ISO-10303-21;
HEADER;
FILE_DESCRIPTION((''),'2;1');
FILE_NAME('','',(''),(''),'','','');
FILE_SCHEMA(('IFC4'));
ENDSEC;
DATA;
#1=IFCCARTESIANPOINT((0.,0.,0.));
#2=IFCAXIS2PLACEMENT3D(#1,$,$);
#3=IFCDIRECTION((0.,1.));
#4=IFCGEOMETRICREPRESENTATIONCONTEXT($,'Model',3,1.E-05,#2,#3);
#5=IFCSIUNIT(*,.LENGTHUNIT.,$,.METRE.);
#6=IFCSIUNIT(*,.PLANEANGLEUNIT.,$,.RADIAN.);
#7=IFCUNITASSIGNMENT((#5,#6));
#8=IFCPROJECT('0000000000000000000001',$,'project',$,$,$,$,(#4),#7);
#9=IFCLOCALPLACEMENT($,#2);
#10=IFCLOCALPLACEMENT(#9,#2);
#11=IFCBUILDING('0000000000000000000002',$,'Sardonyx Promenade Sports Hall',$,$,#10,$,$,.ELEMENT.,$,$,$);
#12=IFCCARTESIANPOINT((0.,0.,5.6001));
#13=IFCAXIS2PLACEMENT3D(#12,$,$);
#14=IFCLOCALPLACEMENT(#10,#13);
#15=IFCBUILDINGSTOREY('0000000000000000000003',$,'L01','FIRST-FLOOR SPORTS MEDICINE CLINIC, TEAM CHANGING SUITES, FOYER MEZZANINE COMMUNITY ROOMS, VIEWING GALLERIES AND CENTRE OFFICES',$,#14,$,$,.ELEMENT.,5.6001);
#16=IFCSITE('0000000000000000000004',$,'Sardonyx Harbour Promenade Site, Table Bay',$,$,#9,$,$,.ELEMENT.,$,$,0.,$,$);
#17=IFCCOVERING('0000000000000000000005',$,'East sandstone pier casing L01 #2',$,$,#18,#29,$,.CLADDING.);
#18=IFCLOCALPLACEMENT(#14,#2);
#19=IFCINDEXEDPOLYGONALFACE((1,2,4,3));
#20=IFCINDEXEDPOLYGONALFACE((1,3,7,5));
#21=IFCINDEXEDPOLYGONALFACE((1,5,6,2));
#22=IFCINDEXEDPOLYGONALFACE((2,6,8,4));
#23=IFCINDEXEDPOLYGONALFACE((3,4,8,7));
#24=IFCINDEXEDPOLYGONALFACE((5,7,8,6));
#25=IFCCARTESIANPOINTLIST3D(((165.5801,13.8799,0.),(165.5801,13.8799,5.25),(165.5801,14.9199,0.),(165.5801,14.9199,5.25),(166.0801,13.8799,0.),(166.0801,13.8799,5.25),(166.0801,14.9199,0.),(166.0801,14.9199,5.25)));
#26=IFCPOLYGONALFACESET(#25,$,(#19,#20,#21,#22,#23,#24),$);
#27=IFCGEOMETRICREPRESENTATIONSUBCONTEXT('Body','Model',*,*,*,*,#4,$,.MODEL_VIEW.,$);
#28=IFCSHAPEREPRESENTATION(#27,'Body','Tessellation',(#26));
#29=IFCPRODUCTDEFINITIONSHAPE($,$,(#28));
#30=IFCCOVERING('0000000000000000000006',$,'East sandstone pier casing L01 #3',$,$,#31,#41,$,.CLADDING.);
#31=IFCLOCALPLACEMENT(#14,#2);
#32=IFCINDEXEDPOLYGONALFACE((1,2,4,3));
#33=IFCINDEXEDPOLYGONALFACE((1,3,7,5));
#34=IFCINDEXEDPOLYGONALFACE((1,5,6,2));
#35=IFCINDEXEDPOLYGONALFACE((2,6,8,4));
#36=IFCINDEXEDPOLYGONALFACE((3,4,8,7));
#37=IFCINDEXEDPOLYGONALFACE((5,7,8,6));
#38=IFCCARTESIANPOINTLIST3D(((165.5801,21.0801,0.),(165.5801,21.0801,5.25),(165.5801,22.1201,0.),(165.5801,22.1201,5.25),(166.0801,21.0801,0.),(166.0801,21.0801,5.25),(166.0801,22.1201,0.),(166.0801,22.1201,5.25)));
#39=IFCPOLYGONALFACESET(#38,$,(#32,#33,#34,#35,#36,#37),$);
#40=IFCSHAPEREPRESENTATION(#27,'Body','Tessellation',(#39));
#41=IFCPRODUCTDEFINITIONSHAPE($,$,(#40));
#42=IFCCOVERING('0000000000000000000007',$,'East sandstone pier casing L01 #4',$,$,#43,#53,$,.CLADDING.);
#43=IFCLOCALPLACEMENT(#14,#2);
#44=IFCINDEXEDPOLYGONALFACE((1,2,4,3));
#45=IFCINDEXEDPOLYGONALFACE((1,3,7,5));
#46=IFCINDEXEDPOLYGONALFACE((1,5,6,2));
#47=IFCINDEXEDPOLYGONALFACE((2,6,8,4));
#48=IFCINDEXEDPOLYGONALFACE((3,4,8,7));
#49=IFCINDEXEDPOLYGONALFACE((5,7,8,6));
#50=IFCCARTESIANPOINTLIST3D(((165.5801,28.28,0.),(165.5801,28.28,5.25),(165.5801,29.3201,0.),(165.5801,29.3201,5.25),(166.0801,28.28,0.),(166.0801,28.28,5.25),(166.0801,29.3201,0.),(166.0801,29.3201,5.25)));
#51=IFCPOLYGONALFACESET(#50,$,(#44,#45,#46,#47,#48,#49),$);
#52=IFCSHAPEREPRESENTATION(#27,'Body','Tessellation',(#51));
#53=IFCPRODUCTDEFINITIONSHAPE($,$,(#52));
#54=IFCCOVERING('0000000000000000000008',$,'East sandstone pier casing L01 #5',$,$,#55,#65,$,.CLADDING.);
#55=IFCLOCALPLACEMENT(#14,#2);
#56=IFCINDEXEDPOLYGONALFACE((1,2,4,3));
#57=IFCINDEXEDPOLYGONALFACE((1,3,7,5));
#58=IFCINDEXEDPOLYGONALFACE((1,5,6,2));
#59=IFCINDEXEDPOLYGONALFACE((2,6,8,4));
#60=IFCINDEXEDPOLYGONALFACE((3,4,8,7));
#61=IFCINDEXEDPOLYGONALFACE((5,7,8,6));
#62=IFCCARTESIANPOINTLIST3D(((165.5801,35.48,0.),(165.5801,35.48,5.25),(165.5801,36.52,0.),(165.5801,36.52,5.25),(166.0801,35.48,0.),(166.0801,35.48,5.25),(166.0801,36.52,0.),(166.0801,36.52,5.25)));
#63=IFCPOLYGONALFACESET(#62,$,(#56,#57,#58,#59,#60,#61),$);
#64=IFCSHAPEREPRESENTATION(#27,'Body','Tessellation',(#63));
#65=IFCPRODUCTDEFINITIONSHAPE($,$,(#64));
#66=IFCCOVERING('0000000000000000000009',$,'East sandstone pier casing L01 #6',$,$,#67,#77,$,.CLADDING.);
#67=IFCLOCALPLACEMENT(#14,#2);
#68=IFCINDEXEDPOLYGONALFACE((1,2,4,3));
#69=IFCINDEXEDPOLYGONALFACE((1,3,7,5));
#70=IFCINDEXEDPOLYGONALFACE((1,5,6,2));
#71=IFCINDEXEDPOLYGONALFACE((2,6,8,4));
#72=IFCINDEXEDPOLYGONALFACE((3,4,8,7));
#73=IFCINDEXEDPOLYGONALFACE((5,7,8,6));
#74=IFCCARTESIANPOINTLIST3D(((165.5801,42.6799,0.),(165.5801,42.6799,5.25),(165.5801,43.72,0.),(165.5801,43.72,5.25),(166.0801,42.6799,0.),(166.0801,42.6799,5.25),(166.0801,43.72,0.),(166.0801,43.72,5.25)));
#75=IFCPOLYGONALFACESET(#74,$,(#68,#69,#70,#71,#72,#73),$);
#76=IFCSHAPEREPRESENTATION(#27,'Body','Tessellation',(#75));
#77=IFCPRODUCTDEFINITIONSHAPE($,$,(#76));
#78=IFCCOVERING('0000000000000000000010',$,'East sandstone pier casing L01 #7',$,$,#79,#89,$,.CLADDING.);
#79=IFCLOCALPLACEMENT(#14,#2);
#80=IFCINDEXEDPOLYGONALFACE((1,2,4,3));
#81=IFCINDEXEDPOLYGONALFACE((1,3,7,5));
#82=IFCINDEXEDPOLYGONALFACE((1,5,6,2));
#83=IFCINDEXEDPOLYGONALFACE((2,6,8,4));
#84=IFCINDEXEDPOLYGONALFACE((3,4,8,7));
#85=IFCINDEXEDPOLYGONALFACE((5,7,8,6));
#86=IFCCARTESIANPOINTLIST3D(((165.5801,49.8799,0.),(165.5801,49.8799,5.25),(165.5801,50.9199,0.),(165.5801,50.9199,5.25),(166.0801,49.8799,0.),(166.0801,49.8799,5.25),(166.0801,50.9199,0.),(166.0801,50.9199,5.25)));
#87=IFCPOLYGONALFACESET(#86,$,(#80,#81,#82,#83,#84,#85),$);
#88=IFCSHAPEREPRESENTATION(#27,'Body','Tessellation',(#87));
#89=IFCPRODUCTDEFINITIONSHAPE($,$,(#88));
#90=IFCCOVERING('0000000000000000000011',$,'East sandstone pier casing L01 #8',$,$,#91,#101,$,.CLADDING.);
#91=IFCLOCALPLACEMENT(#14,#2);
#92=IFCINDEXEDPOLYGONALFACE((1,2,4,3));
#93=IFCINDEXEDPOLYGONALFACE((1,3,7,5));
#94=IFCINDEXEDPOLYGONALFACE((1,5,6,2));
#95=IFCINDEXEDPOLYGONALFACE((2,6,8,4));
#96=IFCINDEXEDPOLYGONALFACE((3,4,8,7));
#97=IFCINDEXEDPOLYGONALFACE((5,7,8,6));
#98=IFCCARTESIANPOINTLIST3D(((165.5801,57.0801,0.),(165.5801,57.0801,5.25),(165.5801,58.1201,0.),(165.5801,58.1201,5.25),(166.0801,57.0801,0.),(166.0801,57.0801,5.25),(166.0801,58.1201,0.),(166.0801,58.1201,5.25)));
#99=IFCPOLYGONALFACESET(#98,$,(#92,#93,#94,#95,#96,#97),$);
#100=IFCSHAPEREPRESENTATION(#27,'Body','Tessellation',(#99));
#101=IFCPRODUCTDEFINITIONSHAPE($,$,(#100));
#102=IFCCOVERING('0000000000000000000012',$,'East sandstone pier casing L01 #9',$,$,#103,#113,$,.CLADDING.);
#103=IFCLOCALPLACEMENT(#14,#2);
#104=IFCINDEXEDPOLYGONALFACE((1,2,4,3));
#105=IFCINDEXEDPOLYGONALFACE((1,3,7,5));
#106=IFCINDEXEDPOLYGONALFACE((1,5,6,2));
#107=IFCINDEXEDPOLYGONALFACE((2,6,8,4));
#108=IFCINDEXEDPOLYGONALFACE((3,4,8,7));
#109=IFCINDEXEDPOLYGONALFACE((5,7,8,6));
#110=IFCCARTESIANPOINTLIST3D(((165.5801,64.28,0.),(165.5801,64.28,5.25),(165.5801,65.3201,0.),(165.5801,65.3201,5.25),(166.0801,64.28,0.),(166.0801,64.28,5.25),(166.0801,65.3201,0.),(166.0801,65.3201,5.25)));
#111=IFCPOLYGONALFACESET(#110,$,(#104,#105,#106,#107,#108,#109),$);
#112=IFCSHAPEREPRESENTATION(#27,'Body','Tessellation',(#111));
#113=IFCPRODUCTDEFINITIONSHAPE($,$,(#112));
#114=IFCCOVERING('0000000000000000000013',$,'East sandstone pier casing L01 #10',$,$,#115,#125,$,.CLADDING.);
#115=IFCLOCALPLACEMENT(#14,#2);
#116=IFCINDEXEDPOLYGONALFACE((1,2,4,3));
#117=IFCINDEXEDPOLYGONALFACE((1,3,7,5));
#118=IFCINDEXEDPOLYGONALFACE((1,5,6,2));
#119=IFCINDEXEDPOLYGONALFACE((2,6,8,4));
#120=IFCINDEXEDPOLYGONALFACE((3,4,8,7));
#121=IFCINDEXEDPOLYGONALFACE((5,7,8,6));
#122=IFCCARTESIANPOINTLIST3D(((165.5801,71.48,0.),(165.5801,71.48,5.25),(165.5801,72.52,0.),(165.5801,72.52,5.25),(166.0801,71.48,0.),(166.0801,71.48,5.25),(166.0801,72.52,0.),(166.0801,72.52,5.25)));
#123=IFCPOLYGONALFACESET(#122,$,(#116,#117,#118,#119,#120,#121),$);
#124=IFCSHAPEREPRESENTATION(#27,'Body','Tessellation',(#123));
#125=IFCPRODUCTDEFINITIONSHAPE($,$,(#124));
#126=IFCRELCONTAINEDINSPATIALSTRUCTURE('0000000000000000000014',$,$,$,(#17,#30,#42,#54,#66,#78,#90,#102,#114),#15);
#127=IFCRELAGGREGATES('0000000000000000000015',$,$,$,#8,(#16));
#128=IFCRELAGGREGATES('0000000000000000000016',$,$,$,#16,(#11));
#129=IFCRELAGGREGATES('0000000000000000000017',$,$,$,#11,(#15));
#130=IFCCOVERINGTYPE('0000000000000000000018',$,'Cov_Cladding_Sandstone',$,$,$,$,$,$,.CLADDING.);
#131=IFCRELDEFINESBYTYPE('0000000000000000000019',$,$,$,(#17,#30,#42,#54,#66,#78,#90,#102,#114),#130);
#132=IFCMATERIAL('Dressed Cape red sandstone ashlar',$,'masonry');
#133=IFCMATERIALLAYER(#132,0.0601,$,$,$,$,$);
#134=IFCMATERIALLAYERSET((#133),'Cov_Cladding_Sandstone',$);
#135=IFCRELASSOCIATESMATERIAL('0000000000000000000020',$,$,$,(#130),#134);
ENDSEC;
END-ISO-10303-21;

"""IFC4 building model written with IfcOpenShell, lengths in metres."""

from ifc_helpers import new_model, si_unit, direction, frame, origin, place, context, subcontext, project, spatial, polyline, outline, extrude, material, layer, layer_set, type_object, element, save


model = new_model("IFC4")

# Units and contexts
model_context = context("Model", 3, precision=1e-05, world=origin(), true_north=direction((0.0, 1.0)))
body_context = subcontext(model_context, "Body", "Model", "MODEL_VIEW")
ifc_project = project(units=[si_unit("LENGTHUNIT", "METRE"), si_unit("PLANEANGLEUNIT", "RADIAN")], contexts=[model_context])

# Site, building, storey
site_placement = place(None, origin())
site = spatial("IfcSite", under=ifc_project, at=site_placement, Name="Sardonyx Harbour Promenade Site, Table Bay", CompositionType="ELEMENT", RefElevation=0.0)
building_placement = place(site_placement, origin())
building = spatial("IfcBuilding", under=site, at=building_placement, Name="Sardonyx Promenade Sports Hall", CompositionType="ELEMENT")
storey_placement = place(building_placement, frame((0.0, 0.0, 5.6001)))
storey = spatial("IfcBuildingStorey", under=building, at=storey_placement, Name="L01", Description="FIRST-FLOOR SPORTS MEDICINE CLINIC, TEAM CHANGING SUITES, FOYER MEZZANINE COMMUNITY ROOMS, VIEWING GALLERIES AND CENTRE OFFICES", CompositionType="ELEMENT", Elevation=5.6001)

# Coverings
ifc_material = material(Name="Dressed Cape red sandstone ashlar", Category="masonry")
ifc_layer = layer(ifc_material, 0.0601)
ifc_layer_set = layer_set([ifc_layer], Name="Cov_Cladding_Sandstone")
covering_type = type_object("IfcCoveringType", Name="Cov_Cladding_Sandstone", PredefinedType="CLADDING", material=ifc_layer_set)
covering_1_placement = place(storey_placement, origin())
element("IfcCovering", 1, at=covering_1_placement, inside=storey, type_object=covering_type, Name="East sandstone pier casing L01 #2", PredefinedType="CLADDING", context=body_context, shape_type="SweptSolid", body=[
    extrude(outline(polyline([(165.5801, 13.8799), (166.0801, 13.8799), (166.0801, 14.9199), (165.5801, 14.9199), (165.5801, 13.8799)])), origin(), (0.0, 0.0, 1.0), 5.25),
])
covering_2_placement = place(storey_placement, origin())
element("IfcCovering", 2, at=covering_2_placement, inside=storey, type_object=covering_type, Name="East sandstone pier casing L01 #3", PredefinedType="CLADDING", context=body_context, shape_type="SweptSolid", body=[
    extrude(outline(polyline([(165.5801, 21.0801), (166.0801, 21.0801), (166.0801, 22.1201), (165.5801, 22.1201), (165.5801, 21.0801)])), origin(), (0.0, 0.0, 1.0), 5.25),
])
covering_3_placement = place(storey_placement, origin())
element("IfcCovering", 3, at=covering_3_placement, inside=storey, type_object=covering_type, Name="East sandstone pier casing L01 #4", PredefinedType="CLADDING", context=body_context, shape_type="SweptSolid", body=[
    extrude(outline(polyline([(165.5801, 28.28), (166.0801, 28.28), (166.0801, 29.3201), (165.5801, 29.3201), (165.5801, 28.28)])), origin(), (0.0, 0.0, 1.0), 5.25),
])
covering_4_placement = place(storey_placement, origin())
element("IfcCovering", 4, at=covering_4_placement, inside=storey, type_object=covering_type, Name="East sandstone pier casing L01 #5", PredefinedType="CLADDING", context=body_context, shape_type="SweptSolid", body=[
    extrude(outline(polyline([(165.5801, 35.48), (166.0801, 35.48), (166.0801, 36.52), (165.5801, 36.52), (165.5801, 35.48)])), origin(), (0.0, 0.0, 1.0), 5.25),
])
covering_5_placement = place(storey_placement, origin())
element("IfcCovering", 5, at=covering_5_placement, inside=storey, type_object=covering_type, Name="East sandstone pier casing L01 #6", PredefinedType="CLADDING", context=body_context, shape_type="SweptSolid", body=[
    extrude(outline(polyline([(165.5801, 42.6799), (166.0801, 42.6799), (166.0801, 43.72), (165.5801, 43.72), (165.5801, 42.6799)])), origin(), (0.0, 0.0, 1.0), 5.25),
])
covering_6_placement = place(storey_placement, origin())
element("IfcCovering", 6, at=covering_6_placement, inside=storey, type_object=covering_type, Name="East sandstone pier casing L01 #7", PredefinedType="CLADDING", context=body_context, shape_type="SweptSolid", body=[
    extrude(outline(polyline([(165.5801, 49.8799), (166.0801, 49.8799), (166.0801, 50.9199), (165.5801, 50.9199), (165.5801, 49.8799)])), origin(), (0.0, 0.0, 1.0), 5.25),
])
covering_7_placement = place(storey_placement, origin())
element("IfcCovering", 7, at=covering_7_placement, inside=storey, type_object=covering_type, Name="East sandstone pier casing L01 #8", PredefinedType="CLADDING", context=body_context, shape_type="SweptSolid", body=[
    extrude(outline(polyline([(165.5801, 57.0801), (166.0801, 57.0801), (166.0801, 58.1201), (165.5801, 58.1201), (165.5801, 57.0801)])), origin(), (0.0, 0.0, 1.0), 5.25),
])
covering_8_placement = place(storey_placement, origin())
element("IfcCovering", 8, at=covering_8_placement, inside=storey, type_object=covering_type, Name="East sandstone pier casing L01 #9", PredefinedType="CLADDING", context=body_context, shape_type="SweptSolid", body=[
    extrude(outline(polyline([(165.5801, 64.28), (166.0801, 64.28), (166.0801, 65.3201), (165.5801, 65.3201), (165.5801, 64.28)])), origin(), (0.0, 0.0, 1.0), 5.25),
])
covering_9_placement = place(storey_placement, origin())
element("IfcCovering", 9, at=covering_9_placement, inside=storey, type_object=covering_type, Name="East sandstone pier casing L01 #10", PredefinedType="CLADDING", context=body_context, shape_type="SweptSolid", body=[
    extrude(outline(polyline([(165.5801, 71.48), (166.0801, 71.48), (166.0801, 72.52), (165.5801, 72.52), (165.5801, 71.48)])), origin(), (0.0, 0.0, 1.0), 5.25),
])

save(model, "model.ifc")
